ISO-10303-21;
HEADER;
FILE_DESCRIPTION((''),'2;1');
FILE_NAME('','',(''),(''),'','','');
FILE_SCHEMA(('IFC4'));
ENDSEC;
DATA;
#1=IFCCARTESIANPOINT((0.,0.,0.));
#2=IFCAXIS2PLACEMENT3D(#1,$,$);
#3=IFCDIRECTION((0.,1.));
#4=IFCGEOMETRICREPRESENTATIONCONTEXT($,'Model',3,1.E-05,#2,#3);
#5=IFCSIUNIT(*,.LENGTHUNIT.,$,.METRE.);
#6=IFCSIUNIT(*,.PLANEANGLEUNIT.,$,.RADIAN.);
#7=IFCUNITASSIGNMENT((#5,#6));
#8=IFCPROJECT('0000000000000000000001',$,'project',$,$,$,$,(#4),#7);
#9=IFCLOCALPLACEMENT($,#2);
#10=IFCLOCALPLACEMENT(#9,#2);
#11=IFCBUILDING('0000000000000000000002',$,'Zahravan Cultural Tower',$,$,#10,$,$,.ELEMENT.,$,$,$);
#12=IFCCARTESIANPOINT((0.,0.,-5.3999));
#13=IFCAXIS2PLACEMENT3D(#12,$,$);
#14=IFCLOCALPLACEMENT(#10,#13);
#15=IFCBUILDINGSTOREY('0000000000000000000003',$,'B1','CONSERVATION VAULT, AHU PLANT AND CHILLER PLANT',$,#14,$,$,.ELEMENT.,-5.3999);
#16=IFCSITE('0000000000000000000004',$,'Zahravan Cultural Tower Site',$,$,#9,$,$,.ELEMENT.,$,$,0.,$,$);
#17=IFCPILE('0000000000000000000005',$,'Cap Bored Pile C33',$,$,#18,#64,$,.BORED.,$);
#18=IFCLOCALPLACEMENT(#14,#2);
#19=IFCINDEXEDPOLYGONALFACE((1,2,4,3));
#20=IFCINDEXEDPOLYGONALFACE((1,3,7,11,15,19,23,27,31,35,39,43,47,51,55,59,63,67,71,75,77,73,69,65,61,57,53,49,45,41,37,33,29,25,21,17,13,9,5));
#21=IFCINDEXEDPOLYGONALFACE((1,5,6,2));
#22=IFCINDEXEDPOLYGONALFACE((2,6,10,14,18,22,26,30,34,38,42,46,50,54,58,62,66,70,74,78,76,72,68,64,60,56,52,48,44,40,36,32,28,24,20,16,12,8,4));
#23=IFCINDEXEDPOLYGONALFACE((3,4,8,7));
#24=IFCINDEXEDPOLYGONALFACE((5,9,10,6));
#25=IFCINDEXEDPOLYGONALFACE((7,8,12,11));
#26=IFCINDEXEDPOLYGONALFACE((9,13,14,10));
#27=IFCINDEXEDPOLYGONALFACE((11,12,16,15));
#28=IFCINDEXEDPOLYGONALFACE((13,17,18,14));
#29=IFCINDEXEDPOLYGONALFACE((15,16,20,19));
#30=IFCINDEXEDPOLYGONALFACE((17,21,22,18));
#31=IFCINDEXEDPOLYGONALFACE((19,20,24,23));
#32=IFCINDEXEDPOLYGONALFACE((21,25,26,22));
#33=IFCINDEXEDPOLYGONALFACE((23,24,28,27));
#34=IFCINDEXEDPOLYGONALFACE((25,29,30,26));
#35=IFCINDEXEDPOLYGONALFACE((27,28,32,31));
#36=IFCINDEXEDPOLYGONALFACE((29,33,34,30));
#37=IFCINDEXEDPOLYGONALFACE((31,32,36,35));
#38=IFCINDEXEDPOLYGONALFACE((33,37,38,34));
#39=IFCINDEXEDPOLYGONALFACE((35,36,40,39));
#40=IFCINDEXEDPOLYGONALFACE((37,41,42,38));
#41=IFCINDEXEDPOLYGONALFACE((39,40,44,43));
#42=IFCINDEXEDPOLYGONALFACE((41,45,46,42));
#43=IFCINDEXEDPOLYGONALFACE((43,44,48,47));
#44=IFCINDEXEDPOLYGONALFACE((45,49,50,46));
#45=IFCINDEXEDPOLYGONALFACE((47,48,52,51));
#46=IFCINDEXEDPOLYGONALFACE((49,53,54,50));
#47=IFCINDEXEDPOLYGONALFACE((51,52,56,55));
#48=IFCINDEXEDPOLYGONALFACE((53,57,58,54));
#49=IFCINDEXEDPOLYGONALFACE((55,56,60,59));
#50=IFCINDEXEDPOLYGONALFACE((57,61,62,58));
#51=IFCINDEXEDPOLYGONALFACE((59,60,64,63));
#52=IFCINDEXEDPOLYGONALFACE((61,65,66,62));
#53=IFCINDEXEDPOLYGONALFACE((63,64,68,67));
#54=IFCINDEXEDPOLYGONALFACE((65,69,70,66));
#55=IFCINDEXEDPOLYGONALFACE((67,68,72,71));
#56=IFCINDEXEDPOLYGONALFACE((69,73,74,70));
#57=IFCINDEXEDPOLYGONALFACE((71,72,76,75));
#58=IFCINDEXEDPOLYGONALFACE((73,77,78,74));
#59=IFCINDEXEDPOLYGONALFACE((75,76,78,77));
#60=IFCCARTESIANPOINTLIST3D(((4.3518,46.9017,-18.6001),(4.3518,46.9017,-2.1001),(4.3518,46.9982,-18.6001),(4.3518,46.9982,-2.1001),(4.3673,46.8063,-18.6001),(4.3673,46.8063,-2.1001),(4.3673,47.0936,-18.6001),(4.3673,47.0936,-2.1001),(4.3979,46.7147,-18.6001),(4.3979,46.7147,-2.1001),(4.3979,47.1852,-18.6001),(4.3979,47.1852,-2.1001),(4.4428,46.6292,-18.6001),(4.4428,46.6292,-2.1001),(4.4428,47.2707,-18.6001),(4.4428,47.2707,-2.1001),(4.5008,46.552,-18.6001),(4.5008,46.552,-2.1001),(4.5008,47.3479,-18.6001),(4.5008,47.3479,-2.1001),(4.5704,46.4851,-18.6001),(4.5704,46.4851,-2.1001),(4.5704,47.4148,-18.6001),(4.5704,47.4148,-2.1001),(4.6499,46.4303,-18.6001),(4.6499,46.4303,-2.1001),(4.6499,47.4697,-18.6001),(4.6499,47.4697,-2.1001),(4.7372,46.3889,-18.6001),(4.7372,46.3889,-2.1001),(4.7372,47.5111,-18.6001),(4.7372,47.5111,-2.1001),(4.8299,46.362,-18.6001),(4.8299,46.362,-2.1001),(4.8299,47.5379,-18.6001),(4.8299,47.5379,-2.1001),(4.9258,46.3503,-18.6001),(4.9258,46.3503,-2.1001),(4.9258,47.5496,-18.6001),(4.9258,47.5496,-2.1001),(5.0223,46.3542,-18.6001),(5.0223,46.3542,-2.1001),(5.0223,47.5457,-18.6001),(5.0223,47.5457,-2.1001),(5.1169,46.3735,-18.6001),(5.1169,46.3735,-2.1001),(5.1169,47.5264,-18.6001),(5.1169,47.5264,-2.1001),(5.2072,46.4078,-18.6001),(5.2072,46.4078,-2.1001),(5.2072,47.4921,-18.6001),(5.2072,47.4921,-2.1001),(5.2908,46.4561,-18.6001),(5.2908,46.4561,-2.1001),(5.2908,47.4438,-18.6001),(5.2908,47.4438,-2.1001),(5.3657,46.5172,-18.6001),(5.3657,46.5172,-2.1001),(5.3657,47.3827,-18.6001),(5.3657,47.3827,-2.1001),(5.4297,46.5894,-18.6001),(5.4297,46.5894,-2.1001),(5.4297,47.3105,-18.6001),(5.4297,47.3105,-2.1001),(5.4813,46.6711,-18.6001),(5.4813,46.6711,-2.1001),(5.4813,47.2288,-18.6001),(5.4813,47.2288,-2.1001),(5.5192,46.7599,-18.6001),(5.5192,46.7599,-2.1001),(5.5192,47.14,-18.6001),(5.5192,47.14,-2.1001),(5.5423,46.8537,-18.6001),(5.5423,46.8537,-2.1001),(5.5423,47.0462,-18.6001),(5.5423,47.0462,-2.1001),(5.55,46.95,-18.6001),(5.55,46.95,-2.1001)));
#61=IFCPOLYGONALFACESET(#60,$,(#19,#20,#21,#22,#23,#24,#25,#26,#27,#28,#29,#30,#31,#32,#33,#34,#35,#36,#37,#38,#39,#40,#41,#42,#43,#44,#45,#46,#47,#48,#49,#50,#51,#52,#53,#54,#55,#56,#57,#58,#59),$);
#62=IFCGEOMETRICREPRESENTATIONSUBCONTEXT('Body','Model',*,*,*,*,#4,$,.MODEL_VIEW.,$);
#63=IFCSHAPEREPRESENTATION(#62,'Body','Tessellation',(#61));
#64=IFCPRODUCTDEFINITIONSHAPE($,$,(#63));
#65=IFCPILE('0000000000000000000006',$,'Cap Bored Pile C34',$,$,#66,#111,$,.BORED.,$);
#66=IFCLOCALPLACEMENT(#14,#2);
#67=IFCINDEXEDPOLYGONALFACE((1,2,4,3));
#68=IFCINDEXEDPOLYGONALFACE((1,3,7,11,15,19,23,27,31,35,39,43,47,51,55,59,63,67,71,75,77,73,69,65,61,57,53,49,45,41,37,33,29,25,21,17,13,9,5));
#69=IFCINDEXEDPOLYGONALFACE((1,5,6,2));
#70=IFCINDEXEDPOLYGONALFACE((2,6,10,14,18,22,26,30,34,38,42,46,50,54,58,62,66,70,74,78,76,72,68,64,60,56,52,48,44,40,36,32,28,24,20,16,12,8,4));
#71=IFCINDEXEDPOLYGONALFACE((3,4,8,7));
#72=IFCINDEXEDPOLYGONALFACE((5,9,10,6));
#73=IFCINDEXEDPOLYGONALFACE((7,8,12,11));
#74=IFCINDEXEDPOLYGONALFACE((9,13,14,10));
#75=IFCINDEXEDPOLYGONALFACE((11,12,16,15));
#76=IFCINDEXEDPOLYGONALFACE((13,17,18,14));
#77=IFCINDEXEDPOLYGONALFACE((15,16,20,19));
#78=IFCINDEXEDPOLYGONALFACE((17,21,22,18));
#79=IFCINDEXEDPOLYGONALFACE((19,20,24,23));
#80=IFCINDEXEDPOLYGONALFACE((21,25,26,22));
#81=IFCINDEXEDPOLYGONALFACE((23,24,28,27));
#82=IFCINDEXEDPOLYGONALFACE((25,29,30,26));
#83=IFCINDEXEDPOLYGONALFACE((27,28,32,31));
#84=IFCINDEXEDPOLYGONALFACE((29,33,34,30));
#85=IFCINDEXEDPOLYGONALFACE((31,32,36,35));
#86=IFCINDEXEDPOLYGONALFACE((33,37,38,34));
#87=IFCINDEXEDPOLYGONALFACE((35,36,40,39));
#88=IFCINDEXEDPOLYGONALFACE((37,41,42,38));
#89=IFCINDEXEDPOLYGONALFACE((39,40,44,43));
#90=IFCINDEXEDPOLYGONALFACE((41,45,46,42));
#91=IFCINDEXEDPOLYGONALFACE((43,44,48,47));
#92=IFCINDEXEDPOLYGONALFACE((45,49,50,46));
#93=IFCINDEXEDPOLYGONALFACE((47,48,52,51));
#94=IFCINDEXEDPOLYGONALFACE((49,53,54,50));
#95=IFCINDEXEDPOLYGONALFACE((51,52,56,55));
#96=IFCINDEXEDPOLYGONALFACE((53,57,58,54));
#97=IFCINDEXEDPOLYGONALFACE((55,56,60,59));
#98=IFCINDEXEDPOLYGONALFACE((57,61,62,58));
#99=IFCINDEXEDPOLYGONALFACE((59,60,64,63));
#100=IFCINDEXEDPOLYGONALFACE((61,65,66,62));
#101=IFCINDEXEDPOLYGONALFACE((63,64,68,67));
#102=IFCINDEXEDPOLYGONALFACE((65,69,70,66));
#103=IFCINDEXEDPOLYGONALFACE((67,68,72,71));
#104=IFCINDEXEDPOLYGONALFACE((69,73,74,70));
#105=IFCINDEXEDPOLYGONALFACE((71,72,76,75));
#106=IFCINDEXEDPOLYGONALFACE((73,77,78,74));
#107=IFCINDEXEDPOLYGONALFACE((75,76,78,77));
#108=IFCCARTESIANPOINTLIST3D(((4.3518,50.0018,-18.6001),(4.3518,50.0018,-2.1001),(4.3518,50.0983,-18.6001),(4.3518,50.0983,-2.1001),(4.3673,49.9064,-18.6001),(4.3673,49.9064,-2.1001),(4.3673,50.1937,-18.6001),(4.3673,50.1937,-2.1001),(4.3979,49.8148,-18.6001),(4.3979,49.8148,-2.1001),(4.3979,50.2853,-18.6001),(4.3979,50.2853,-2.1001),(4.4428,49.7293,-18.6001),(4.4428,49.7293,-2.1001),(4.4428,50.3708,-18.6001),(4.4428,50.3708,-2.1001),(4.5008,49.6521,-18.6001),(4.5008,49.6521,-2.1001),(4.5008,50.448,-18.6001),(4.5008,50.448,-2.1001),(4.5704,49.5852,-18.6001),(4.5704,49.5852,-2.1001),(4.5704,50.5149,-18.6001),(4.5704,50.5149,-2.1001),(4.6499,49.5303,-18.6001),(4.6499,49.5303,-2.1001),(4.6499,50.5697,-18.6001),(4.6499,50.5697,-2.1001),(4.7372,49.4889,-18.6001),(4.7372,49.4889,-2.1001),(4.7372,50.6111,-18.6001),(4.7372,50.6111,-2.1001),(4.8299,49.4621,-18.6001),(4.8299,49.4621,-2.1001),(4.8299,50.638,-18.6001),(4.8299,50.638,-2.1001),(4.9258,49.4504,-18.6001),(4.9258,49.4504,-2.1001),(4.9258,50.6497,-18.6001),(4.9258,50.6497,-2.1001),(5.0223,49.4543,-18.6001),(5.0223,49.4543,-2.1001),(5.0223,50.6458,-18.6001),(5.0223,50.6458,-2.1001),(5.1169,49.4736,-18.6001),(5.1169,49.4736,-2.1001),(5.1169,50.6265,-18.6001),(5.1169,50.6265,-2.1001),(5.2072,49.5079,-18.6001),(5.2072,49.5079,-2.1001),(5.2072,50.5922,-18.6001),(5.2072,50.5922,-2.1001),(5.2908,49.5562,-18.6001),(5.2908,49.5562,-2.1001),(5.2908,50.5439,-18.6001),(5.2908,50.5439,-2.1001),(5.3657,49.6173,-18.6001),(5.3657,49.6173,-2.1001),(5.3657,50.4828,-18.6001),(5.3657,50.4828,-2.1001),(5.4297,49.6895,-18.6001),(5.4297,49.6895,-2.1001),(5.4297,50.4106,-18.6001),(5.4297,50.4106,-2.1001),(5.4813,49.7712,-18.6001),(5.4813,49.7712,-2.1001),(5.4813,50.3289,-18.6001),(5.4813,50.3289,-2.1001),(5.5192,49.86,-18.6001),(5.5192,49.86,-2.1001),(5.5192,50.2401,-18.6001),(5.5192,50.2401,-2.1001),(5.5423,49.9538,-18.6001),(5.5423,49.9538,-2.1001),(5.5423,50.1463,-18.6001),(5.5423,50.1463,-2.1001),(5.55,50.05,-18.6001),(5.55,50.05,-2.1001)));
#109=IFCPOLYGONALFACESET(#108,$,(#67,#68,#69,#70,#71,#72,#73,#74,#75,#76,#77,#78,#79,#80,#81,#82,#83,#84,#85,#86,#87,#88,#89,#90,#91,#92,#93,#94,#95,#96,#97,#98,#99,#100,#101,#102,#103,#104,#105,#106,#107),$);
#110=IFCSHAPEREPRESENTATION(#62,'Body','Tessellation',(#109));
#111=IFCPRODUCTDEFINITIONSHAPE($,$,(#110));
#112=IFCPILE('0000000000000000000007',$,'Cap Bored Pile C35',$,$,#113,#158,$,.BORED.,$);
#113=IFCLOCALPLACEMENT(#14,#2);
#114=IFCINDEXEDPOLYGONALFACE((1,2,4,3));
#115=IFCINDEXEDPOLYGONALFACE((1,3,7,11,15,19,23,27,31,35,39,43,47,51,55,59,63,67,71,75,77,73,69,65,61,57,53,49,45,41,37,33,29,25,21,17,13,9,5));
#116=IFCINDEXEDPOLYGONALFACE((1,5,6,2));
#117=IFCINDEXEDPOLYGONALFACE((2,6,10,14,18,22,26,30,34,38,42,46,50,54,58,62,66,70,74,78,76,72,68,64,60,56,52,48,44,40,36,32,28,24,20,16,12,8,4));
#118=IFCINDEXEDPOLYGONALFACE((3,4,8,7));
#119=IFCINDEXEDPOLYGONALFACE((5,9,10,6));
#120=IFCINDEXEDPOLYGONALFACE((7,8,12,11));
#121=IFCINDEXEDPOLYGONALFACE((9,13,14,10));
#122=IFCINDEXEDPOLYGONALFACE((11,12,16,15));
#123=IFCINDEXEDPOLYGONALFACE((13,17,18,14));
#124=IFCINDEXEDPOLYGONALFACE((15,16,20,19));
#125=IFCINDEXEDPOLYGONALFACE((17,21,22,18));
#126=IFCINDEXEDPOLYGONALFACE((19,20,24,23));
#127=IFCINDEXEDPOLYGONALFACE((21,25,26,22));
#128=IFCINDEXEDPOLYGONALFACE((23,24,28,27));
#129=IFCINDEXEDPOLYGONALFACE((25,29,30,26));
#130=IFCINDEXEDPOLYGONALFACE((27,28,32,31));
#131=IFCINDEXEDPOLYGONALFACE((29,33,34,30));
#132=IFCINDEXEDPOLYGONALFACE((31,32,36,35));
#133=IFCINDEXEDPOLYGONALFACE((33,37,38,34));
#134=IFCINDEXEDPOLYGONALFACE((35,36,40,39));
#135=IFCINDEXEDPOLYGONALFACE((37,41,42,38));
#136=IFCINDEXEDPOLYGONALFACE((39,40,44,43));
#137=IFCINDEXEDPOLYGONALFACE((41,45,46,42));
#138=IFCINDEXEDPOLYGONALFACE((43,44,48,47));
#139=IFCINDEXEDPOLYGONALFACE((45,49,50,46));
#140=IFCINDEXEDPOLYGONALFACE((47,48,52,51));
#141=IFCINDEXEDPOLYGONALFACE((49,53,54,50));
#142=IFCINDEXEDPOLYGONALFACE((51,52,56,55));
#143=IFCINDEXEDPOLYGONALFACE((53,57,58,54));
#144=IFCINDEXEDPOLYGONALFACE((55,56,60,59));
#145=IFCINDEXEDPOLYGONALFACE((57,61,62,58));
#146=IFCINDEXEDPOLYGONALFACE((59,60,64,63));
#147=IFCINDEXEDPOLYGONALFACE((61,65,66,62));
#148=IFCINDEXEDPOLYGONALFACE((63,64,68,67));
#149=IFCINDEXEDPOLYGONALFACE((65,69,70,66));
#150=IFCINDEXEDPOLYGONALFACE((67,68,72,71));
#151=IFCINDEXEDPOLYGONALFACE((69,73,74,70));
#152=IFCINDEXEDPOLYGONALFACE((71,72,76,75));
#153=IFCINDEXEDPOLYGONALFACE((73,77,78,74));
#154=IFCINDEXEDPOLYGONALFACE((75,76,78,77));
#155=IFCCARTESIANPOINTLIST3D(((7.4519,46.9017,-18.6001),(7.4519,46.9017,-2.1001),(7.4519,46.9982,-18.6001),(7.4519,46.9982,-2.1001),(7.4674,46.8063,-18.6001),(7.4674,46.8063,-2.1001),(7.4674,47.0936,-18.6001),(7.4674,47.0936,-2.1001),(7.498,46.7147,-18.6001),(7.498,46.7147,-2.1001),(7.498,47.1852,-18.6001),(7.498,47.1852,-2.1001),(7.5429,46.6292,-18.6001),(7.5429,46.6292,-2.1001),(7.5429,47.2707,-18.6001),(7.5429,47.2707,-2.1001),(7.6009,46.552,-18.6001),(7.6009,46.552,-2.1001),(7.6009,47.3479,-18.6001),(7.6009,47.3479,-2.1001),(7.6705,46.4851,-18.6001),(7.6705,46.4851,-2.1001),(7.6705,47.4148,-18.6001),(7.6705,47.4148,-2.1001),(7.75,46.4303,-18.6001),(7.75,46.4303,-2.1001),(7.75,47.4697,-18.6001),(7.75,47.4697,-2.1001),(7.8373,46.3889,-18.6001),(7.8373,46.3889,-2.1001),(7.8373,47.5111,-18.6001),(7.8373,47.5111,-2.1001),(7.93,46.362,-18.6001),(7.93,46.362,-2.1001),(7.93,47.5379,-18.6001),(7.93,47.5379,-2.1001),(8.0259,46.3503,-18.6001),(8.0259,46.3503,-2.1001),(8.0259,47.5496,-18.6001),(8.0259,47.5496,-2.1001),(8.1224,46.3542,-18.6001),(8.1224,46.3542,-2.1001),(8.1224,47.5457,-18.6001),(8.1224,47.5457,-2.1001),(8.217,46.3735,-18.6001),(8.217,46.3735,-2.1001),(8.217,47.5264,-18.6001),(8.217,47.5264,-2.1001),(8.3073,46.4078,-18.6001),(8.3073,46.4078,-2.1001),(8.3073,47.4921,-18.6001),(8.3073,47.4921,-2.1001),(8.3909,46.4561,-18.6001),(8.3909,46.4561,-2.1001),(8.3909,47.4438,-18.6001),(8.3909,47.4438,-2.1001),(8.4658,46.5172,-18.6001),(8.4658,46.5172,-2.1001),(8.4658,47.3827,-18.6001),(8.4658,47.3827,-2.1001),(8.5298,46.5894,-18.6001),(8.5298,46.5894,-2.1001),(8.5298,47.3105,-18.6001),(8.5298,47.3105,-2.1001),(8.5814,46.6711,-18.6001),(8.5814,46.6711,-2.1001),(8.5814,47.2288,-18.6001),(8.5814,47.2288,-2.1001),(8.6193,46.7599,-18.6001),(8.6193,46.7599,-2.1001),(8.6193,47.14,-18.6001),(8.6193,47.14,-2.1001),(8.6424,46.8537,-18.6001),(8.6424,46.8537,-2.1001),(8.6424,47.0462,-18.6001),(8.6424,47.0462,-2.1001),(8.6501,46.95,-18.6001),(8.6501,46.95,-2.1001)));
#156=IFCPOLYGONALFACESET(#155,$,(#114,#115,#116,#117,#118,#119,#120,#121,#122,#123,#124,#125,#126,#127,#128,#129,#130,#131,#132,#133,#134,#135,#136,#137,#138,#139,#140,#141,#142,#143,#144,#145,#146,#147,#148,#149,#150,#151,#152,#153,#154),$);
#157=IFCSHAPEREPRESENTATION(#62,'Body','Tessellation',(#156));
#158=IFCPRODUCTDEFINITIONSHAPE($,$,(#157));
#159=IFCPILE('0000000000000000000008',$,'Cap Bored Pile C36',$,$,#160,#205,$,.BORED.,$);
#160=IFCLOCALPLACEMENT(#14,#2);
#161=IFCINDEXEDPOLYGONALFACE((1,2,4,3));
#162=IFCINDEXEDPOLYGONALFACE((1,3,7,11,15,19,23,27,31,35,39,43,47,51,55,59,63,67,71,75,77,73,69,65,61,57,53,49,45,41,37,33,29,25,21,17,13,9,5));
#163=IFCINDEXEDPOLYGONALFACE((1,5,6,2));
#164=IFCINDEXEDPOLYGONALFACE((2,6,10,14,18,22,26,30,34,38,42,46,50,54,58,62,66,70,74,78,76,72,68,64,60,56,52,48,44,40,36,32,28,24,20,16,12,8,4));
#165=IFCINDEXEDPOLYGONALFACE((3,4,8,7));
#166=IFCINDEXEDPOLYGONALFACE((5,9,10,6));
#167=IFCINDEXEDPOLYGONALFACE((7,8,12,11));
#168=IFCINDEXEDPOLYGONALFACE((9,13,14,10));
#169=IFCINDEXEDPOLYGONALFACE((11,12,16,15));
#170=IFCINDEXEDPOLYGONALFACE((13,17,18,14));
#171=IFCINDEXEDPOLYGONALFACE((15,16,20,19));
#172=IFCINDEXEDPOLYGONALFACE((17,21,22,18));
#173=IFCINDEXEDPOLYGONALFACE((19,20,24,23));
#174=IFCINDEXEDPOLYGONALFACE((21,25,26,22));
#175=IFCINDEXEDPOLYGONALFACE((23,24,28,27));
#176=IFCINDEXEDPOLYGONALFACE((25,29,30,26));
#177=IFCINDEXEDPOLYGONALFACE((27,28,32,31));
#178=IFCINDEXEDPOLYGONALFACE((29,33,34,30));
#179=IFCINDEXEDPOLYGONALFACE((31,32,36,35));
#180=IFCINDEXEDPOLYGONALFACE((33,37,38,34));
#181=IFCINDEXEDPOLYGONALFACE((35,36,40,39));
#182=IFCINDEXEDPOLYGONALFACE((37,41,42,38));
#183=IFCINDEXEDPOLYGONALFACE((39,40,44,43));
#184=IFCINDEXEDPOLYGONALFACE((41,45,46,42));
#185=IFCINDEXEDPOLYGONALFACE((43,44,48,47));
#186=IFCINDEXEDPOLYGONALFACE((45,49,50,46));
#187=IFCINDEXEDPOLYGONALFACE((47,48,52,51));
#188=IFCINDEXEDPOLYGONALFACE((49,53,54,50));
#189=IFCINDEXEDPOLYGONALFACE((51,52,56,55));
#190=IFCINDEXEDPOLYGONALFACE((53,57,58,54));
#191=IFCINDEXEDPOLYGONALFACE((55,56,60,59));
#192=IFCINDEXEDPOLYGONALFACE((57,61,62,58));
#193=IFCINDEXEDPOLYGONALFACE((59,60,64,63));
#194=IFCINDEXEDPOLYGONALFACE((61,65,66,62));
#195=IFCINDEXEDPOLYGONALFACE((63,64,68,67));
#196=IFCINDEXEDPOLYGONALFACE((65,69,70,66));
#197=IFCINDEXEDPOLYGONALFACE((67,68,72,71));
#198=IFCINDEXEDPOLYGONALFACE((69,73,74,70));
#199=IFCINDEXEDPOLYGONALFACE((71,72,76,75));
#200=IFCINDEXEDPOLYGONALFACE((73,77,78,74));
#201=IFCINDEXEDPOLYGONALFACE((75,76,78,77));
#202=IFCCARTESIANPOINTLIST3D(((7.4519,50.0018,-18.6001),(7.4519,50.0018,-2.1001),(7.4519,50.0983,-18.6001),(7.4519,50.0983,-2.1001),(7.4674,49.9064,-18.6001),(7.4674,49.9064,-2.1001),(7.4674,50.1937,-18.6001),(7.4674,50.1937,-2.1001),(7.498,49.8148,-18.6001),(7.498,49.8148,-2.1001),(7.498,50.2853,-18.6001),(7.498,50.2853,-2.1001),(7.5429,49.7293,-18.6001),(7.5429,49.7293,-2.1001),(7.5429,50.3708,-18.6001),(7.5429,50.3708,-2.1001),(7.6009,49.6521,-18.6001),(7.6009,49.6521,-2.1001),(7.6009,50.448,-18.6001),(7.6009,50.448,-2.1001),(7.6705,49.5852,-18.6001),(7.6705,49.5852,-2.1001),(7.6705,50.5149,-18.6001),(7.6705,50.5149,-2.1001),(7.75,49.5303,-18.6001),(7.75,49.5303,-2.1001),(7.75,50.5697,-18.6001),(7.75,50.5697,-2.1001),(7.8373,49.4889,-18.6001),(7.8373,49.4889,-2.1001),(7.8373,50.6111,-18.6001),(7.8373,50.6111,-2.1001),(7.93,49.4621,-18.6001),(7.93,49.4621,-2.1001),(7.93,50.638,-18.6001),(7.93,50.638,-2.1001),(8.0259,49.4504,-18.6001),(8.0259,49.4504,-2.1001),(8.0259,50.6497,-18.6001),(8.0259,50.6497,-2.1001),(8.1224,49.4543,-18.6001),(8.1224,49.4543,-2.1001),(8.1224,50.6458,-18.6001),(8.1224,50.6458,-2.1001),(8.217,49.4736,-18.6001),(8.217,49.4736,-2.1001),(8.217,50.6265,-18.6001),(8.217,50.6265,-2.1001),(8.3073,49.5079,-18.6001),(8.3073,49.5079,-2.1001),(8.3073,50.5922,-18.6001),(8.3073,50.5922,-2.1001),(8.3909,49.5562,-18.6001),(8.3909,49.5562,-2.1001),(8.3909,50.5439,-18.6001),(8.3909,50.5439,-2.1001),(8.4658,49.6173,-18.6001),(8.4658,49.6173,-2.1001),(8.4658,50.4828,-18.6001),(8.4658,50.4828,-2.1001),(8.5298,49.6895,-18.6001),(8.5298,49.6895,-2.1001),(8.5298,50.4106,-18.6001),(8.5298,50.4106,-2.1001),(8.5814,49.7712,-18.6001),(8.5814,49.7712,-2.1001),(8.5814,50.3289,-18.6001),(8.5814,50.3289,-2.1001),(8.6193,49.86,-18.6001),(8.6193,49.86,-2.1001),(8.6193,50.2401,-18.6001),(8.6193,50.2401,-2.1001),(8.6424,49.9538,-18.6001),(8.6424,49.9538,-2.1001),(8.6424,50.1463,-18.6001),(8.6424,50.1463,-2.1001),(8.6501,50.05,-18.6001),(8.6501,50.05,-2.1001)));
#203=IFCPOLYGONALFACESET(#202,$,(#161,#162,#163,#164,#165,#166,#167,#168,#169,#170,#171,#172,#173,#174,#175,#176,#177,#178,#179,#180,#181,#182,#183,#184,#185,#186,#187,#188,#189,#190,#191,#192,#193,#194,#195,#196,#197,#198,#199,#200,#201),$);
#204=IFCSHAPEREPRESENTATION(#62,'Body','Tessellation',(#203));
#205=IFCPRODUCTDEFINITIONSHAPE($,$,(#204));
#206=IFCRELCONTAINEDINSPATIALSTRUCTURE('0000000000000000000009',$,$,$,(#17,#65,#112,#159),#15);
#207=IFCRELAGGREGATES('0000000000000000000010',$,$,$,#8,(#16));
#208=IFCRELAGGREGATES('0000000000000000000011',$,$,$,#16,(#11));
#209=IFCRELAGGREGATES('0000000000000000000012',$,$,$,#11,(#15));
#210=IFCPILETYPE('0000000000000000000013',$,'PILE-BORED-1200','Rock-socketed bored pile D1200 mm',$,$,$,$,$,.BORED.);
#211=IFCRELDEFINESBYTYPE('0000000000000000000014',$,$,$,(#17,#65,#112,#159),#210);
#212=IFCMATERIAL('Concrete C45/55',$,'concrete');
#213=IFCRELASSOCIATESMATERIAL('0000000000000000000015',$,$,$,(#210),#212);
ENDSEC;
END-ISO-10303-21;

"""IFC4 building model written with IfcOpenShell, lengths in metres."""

from ifc_helpers import new_model, si_unit, direction, frame, origin, origin_2d, place, context, subcontext, project, spatial, circle, extrude, material, material_profile, profile_set, type_object, element, save


model = new_model("IFC4")

# Units and contexts
model_context = context("Model", 3, precision=1e-05, world=origin(), true_north=direction((0.0, 1.0)))
body_context = subcontext(model_context, "Body", "Model", "MODEL_VIEW")
ifc_project = project(units=[si_unit("LENGTHUNIT", "METRE"), si_unit("PLANEANGLEUNIT", "RADIAN")], contexts=[model_context])

# Site, building, storey
site_placement = place(None, origin())
site = spatial("IfcSite", under=ifc_project, at=site_placement, Name="Zahravan Cultural Tower Site", CompositionType="ELEMENT", RefElevation=0.0)
building_placement = place(site_placement, origin())
building = spatial("IfcBuilding", under=site, at=building_placement, Name="Zahravan Cultural Tower", CompositionType="ELEMENT")
storey_placement = place(building_placement, frame((0.0, 0.0, -5.3999)))
storey = spatial("IfcBuildingStorey", under=building, at=storey_placement, Name="B1", Description="CONSERVATION VAULT, AHU PLANT AND CHILLER PLANT", CompositionType="ELEMENT", Elevation=-5.3999)

# Piles
ifc_material_1 = material(Name="Concrete C45/55", Category="concrete")
ifc_material_profile_1 = material_profile(ifc_material_1, circle(Radius=0.6001, at=origin_2d()), Name="PILE-D1200")
ifc_profile_set_1 = profile_set([ifc_material_profile_1], Name="Concrete C45/55")
pile_type_1 = type_object("IfcPileType", Name="PILE-BORED-1200", Description="Rock-socketed bored pile D1200 mm", PredefinedType="BORED", material=ifc_profile_set_1)
for number, where, z_axis, x_axis, name in (
    (1, (4.95, 46.95, -2.1001), (0.0, 0.0, -1.0), (1.0, 0.0, 0.0), "Cap Bored Pile C33"),
    (2, (4.95, 50.05, -2.1001), (0.0, 0.0, -1.0), (1.0, 0.0, 0.0), "Cap Bored Pile C34"),
    (3, (8.05, 46.95, -2.1001), (0.0, 0.0, -1.0), (1.0, 0.0, 0.0), "Cap Bored Pile C35"),
    (4, (8.05, 50.05, -2.1001), (0.0, 0.0, -1.0), (1.0, 0.0, 0.0), "Cap Bored Pile C36"),
):
    element("IfcPile", number, at=place(storey_placement, frame(where, z_axis=z_axis, x_axis=x_axis)), inside=storey, type_object=pile_type_1, Name=name, PredefinedType="BORED", context=body_context, shape_type="SweptSolid", body=[
        extrude(circle(Radius=0.6001, at=origin_2d()), origin(), (0.0, 0.0, 1.0), 16.5),
    ])

save(model, "model.ifc")
